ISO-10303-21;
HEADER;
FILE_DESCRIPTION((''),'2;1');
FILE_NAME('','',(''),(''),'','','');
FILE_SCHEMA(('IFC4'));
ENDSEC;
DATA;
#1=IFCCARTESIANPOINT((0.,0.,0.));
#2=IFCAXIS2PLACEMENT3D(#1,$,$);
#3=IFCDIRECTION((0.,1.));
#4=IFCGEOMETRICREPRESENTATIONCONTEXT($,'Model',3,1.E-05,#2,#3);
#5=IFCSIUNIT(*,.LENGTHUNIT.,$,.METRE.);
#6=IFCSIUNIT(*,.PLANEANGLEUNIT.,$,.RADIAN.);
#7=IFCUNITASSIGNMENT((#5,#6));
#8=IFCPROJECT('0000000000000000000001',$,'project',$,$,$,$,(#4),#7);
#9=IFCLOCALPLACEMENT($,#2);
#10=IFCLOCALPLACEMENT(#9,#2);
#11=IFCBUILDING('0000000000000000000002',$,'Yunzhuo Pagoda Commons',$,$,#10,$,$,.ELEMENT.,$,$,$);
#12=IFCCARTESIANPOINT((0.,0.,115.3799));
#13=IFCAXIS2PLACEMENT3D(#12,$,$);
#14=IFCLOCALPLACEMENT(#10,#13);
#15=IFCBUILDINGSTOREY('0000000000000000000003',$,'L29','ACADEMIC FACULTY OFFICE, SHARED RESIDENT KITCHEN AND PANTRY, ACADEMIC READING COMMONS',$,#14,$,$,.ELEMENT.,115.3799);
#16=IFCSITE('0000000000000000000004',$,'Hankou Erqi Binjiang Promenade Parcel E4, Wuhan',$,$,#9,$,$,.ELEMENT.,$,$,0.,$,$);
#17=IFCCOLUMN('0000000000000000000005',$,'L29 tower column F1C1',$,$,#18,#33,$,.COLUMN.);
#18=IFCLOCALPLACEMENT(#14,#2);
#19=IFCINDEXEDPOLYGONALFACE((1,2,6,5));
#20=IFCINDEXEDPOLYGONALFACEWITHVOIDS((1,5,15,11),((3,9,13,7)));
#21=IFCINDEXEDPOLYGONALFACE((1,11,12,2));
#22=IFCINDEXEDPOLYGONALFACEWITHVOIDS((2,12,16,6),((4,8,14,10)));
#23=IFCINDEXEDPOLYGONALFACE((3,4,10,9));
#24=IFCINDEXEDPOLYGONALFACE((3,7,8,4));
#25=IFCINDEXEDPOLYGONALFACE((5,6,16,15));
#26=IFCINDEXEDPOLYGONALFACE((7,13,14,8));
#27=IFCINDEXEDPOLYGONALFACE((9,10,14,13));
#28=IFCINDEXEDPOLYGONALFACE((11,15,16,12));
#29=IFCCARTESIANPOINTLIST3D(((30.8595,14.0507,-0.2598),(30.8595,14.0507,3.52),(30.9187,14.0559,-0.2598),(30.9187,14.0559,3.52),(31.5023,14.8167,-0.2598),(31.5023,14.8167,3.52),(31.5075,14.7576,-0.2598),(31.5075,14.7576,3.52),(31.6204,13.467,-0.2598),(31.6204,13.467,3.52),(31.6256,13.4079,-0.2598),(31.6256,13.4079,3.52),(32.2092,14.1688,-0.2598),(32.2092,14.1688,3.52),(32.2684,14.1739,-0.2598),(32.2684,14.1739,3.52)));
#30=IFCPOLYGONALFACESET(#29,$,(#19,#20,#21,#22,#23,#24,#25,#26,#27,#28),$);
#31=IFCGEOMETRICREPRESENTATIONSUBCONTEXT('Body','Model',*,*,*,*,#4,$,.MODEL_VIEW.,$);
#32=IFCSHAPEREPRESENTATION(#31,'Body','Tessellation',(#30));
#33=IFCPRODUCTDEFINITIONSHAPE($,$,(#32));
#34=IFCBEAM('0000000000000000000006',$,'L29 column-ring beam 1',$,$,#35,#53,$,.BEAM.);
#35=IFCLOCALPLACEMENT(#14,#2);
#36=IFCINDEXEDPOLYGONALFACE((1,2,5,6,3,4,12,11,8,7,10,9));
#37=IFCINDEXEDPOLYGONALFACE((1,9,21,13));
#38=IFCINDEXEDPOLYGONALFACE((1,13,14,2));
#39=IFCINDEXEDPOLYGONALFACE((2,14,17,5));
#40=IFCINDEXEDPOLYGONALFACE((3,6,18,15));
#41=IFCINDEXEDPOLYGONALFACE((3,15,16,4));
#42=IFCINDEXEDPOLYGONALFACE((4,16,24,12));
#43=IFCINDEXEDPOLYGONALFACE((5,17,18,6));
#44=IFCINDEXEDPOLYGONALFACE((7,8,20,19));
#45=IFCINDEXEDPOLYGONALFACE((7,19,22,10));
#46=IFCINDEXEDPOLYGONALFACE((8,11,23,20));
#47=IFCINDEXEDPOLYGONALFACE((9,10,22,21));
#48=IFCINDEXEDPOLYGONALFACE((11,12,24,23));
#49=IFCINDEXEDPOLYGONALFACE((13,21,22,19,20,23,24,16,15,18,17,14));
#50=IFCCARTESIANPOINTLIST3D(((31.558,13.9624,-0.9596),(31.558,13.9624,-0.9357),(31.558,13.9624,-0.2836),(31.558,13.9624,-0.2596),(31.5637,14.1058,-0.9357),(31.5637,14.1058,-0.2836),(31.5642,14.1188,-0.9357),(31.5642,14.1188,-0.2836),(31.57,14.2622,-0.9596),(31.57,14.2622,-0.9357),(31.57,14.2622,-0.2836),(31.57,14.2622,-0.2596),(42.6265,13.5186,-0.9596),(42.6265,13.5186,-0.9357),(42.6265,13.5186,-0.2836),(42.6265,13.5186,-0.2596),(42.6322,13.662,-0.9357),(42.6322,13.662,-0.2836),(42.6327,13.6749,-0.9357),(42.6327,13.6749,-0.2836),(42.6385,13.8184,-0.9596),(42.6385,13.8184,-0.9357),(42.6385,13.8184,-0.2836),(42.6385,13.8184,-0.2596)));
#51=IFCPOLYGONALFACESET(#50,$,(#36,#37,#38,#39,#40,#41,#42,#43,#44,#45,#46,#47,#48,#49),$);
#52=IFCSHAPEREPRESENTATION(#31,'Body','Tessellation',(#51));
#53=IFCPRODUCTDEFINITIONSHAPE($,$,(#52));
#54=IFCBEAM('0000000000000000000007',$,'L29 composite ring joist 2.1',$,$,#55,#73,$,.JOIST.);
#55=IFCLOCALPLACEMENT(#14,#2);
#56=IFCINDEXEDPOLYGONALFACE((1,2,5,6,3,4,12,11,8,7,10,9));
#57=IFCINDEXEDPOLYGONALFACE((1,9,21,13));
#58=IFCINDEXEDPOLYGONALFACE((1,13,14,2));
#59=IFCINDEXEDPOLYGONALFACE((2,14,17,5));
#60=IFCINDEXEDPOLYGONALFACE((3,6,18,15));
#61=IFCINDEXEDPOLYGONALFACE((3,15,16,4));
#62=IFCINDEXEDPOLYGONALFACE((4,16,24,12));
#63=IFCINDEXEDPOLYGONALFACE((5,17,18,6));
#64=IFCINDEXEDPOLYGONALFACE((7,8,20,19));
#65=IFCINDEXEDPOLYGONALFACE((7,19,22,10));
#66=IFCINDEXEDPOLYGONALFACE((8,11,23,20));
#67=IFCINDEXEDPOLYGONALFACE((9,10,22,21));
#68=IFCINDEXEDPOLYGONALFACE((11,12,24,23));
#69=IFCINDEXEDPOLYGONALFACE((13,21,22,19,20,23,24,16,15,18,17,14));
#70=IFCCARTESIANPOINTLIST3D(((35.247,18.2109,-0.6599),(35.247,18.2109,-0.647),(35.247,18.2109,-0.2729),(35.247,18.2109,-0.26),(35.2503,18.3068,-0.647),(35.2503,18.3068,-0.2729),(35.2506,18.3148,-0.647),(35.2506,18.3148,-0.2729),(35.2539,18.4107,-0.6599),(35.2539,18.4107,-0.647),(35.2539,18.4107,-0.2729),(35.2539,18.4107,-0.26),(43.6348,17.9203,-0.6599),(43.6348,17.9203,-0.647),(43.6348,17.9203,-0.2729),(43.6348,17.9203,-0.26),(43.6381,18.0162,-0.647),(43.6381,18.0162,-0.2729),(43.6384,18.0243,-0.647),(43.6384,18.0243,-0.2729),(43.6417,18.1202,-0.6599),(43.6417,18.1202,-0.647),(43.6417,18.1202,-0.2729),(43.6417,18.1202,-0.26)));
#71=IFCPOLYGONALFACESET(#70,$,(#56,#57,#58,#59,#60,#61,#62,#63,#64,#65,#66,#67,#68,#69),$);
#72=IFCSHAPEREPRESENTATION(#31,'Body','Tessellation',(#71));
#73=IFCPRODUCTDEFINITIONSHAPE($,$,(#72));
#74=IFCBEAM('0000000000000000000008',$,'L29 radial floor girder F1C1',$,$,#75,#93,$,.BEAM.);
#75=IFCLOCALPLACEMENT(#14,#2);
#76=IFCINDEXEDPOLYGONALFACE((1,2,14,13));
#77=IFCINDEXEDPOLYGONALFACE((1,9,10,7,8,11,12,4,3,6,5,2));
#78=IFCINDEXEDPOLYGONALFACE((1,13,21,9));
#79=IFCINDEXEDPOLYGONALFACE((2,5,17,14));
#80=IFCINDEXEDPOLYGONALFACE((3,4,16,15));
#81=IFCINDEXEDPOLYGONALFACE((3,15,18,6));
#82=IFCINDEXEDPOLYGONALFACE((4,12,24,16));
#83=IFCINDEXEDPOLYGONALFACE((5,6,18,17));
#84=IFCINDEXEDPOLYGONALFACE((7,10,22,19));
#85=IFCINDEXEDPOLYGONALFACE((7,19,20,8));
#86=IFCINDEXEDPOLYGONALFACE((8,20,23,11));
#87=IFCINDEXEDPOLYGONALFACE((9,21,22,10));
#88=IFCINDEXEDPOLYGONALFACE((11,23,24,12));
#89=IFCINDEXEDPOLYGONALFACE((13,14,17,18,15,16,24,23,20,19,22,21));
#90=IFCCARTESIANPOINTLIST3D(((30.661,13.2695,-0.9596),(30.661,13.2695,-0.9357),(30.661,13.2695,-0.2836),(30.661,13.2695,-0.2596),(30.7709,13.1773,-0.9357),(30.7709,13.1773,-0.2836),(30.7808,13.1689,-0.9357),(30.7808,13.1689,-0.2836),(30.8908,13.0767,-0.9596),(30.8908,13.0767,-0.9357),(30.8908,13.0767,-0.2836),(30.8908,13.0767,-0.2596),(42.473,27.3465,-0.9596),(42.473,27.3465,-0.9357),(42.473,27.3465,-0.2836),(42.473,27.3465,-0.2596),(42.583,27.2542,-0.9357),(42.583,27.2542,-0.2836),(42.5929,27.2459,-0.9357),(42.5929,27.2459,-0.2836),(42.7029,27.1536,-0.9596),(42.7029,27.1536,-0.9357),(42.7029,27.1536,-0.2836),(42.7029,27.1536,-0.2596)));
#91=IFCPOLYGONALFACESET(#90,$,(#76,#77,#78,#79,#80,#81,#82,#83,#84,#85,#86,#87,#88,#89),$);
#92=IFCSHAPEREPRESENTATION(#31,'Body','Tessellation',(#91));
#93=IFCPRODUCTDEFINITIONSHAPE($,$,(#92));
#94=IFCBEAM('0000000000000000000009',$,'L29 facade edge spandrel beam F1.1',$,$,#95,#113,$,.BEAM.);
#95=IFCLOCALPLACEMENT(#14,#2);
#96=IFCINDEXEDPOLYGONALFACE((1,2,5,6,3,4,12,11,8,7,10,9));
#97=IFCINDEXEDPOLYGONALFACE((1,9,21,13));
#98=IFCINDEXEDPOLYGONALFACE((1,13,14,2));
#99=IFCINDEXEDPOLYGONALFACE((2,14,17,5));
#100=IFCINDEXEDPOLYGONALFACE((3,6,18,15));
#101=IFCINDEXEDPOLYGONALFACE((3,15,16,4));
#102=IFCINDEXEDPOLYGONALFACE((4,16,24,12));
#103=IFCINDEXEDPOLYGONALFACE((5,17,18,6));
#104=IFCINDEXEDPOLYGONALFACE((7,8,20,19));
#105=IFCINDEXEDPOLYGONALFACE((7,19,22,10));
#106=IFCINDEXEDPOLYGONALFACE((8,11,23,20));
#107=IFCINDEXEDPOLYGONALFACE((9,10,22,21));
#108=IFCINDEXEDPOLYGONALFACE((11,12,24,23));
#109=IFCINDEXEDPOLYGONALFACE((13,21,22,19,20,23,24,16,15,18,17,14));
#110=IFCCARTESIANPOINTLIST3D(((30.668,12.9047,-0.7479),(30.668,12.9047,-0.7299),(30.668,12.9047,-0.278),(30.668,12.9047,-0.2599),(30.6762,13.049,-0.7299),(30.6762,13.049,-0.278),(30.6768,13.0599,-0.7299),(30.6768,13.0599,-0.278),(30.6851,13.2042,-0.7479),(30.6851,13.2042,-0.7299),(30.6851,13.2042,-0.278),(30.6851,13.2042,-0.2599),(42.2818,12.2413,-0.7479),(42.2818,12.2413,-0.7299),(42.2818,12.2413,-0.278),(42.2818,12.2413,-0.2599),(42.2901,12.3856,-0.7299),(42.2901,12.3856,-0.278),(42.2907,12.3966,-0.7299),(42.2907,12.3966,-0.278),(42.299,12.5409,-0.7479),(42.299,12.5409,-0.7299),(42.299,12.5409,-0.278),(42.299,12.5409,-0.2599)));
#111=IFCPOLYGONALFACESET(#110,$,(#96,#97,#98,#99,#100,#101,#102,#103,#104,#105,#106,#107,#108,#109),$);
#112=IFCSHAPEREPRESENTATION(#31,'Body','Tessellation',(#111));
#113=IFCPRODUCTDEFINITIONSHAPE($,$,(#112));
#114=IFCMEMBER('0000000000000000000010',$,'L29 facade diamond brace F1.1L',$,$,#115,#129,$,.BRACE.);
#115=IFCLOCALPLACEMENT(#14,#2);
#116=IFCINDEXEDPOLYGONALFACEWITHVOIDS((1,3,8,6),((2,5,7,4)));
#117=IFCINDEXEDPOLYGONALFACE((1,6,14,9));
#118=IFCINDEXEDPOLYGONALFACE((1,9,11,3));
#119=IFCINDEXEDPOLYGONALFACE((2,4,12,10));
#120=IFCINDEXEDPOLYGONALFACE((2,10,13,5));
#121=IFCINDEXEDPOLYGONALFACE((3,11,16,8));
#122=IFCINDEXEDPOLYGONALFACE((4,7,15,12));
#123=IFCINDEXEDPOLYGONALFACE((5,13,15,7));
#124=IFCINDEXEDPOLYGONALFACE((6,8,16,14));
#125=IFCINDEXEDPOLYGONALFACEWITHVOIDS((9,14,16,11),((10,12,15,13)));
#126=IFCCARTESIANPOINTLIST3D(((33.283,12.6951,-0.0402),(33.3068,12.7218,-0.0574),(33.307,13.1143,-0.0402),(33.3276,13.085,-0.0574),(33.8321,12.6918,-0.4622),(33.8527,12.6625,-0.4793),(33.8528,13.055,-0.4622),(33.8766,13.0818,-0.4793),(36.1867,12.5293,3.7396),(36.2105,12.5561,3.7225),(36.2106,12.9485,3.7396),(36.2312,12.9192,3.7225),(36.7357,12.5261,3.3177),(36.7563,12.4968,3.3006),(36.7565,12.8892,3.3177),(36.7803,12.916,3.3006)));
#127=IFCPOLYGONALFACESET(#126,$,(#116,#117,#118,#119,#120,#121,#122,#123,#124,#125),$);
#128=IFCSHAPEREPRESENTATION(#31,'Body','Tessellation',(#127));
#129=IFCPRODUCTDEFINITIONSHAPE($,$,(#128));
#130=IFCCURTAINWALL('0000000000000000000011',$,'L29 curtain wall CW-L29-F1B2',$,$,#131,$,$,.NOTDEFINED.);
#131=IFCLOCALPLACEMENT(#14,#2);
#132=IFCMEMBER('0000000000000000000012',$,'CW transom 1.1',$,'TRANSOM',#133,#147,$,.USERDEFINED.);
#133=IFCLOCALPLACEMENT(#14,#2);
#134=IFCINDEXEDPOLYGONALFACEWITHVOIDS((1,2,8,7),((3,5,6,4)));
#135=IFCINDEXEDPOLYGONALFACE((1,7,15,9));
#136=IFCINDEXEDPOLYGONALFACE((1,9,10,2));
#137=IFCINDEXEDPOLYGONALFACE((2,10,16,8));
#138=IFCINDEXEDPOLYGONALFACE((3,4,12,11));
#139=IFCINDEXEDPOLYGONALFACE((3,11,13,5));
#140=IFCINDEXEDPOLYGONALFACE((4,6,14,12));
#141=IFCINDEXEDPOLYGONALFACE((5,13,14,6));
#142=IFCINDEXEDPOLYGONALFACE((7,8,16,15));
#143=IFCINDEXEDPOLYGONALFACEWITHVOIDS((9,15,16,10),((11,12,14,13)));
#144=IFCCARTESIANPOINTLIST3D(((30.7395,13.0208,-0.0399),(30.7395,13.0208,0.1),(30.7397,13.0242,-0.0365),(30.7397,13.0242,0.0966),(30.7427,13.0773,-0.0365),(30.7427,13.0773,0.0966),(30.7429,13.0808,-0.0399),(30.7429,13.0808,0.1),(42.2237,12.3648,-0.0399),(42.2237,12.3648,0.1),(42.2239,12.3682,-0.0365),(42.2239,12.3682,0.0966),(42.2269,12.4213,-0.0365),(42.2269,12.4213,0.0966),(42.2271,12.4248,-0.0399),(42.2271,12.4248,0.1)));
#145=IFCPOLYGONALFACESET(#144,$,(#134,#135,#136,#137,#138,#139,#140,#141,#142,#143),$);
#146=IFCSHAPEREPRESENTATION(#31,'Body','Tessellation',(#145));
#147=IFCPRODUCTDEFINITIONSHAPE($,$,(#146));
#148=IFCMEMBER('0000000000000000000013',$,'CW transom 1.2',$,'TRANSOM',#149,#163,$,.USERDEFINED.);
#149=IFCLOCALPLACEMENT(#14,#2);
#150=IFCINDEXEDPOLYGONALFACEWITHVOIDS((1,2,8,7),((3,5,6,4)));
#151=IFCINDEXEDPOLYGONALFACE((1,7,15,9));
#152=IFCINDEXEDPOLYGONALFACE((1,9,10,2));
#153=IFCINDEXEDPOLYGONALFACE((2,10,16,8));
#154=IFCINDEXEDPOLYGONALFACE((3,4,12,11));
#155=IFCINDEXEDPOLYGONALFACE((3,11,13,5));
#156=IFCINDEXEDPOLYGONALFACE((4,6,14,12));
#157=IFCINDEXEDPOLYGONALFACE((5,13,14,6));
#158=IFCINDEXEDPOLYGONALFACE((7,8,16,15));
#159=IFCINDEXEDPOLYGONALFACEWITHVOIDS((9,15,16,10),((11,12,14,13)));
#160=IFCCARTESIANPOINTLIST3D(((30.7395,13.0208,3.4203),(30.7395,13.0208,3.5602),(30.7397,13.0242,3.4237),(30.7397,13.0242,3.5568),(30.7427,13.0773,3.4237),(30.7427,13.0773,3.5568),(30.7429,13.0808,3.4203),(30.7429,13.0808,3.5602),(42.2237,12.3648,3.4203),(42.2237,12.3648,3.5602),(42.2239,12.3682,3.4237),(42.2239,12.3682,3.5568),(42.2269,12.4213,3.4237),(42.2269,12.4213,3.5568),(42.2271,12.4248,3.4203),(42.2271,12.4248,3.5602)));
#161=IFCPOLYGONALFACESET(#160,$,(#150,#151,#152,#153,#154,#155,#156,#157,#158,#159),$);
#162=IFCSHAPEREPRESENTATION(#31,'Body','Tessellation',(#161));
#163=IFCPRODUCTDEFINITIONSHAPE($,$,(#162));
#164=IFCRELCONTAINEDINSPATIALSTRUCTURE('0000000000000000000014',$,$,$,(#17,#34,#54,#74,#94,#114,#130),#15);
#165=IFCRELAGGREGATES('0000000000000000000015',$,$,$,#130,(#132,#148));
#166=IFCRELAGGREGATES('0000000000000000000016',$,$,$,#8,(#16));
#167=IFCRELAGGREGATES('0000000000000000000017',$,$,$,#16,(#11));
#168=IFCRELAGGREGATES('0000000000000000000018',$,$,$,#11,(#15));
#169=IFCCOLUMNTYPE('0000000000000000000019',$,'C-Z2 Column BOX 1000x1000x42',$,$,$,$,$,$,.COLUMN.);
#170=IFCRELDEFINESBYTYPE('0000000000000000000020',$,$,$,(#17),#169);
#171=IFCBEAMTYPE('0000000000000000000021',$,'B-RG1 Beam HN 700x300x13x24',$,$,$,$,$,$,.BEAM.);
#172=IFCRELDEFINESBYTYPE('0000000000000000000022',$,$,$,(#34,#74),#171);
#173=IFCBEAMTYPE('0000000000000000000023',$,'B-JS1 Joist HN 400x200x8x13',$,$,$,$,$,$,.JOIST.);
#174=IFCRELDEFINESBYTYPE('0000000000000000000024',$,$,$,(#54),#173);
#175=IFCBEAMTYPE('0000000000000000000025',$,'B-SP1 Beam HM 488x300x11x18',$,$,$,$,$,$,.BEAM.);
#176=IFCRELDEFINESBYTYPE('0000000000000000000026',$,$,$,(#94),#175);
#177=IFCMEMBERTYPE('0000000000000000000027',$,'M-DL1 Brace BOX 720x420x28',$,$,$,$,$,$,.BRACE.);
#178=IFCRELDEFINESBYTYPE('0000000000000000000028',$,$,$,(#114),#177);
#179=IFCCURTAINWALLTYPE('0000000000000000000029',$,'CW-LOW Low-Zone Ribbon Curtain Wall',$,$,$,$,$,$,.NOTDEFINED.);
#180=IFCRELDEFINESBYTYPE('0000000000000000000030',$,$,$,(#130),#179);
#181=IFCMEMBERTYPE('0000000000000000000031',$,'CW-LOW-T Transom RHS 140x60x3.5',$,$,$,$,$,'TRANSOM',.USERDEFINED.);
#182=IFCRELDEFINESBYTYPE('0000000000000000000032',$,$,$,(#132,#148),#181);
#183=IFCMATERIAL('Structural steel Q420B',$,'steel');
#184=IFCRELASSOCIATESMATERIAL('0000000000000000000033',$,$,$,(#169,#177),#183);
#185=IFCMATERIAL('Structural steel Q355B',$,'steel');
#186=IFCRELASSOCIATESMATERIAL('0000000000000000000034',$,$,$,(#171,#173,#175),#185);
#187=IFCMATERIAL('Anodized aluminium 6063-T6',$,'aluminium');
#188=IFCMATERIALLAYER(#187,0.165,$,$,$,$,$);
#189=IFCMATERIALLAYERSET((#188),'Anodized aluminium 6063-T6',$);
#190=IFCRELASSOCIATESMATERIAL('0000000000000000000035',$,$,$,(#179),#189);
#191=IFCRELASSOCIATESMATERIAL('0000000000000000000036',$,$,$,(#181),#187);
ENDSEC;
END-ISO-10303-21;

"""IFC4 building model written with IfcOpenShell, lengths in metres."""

from ifc_helpers import new_model, si_unit, direction, frame, origin, origin_2d, place, context, subcontext, project, spatial, hollow_rectangle, i_section, extrude, source, transform, mapped, material, layer, layer_set, material_profile, profile_set, type_object, element, aggregate, save


model = new_model("IFC4")

# Units and contexts
model_context = context("Model", 3, precision=1e-05, world=origin(), true_north=direction((0.0, 1.0)))
body_context = subcontext(model_context, "Body", "Model", "MODEL_VIEW")
ifc_project = project(units=[si_unit("LENGTHUNIT", "METRE"), si_unit("PLANEANGLEUNIT", "RADIAN")], contexts=[model_context])

# Site, building, storey
site_placement = place(None, origin())
site = spatial("IfcSite", under=ifc_project, at=site_placement, Name="Hankou Erqi Binjiang Promenade Parcel E4, Wuhan", CompositionType="ELEMENT", RefElevation=0.0)
building_placement = place(site_placement, origin())
building = spatial("IfcBuilding", under=site, at=building_placement, Name="Yunzhuo Pagoda Commons", CompositionType="ELEMENT")
storey_placement = place(building_placement, frame((0.0, 0.0, 115.3799)))
storey = spatial("IfcBuildingStorey", under=building, at=storey_placement, Name="L29", Description="ACADEMIC FACULTY OFFICE, SHARED RESIDENT KITCHEN AND PANTRY, ACADEMIC READING COMMONS", CompositionType="ELEMENT", Elevation=115.3799)

# Column
ifc_material_1 = material(Name="Structural steel Q420B", Category="steel")
ifc_material_profile_1 = material_profile(ifc_material_1, hollow_rectangle(XDim=1.0, YDim=1.0, WallThickness=0.042, at=origin_2d()), Name="Structural steel Q420B")
ifc_profile_set_1 = profile_set([ifc_material_profile_1], Name="Structural steel Q420B")
column_type = type_object("IfcColumnType", Name="C-Z2 Column BOX 1000x1000x42", PredefinedType="COLUMN", material=ifc_profile_set_1)
shared_shape_1 = source(origin(), body_context, "Body", "SweptSolid", [
    extrude(hollow_rectangle(XDim=1.0, YDim=1.0, WallThickness=0.042, at=origin_2d()), origin(), (0.0, 0.0, 1.0), 3.7798),
])
column_placement = place(storey_placement, frame((31.564, 14.1123, -0.2598), z_axis=(0.0, 0.0, 1.0), x_axis=(0.766044, -0.642788, 0.0)))
element("IfcColumn", 1, at=column_placement, inside=storey, type_object=column_type, Name="L29 tower column F1C1", PredefinedType="COLUMN", context=body_context, shape_type="MappedRepresentation", body=[
    mapped(shared_shape_1, transform((0.0, 0.0, 0.0), scale=1.0)),
])

# Beams
ifc_material_2 = material(Name="Structural steel Q355B", Category="steel")
ifc_material_profile_2 = material_profile(ifc_material_2, i_section(OverallWidth=0.3, OverallDepth=0.7, WebThickness=0.0129, FlangeThickness=0.0239, at=origin_2d()), Name="Structural steel Q355B")
ifc_profile_set_2 = profile_set([ifc_material_profile_2], Name="Structural steel Q355B")
beam_type_1 = type_object("IfcBeamType", Name="B-RG1 Beam HN 700x300x13x24", PredefinedType="BEAM", material=ifc_profile_set_2)
shared_shape_2 = source(origin(), body_context, "Body", "SweptSolid", [
    extrude(i_section(OverallWidth=0.3, OverallDepth=0.7, WebThickness=0.0129, FlangeThickness=0.0239, at=origin_2d()), origin(), (0.0, 0.0, 1.0), 11.0774),
])
beam_1_placement = place(storey_placement, frame((31.564, 14.1123, -0.6096), z_axis=(0.999197, -0.040067, 0.0), x_axis=(0.040067, 0.999197, 0.0)))
element("IfcBeam", 2, at=beam_1_placement, inside=storey, type_object=beam_type_1, Name="L29 column-ring beam 1", PredefinedType="BEAM", context=body_context, shape_type="MappedRepresentation", body=[
    mapped(shared_shape_2, transform((0.0, 0.0, 0.0), scale=1.0)),
])
ifc_material_profile_3 = material_profile(ifc_material_2, i_section(OverallWidth=0.2, OverallDepth=0.3999, WebThickness=0.0081, FlangeThickness=0.0129, at=origin_2d()), Name="Structural steel Q355B")
ifc_profile_set_3 = profile_set([ifc_material_profile_3], Name="Structural steel Q355B")
beam_type_2 = type_object("IfcBeamType", Name="B-JS1 Joist HN 400x200x8x13", PredefinedType="JOIST", material=ifc_profile_set_3)
shared_shape_3 = source(origin(), body_context, "Body", "SweptSolid", [
    extrude(i_section(OverallWidth=0.2, OverallDepth=0.3999, WebThickness=0.0081, FlangeThickness=0.0129, at=origin_2d()), origin(), (0.0, 0.0, 1.0), 8.3928),
])
beam_2_placement = place(storey_placement, frame((35.2505, 18.3108, -0.46), z_axis=(0.999401, -0.034617, 0.0), x_axis=(0.034617, 0.999401, 0.0)))
element("IfcBeam", 3, at=beam_2_placement, inside=storey, type_object=beam_type_2, Name="L29 composite ring joist 2.1", PredefinedType="JOIST", context=body_context, shape_type="MappedRepresentation", body=[
    mapped(shared_shape_3, transform((0.0, 0.0, 0.0), scale=1.0)),
])
shared_shape_4 = source(origin(), body_context, "Body", "SweptSolid", [
    extrude(i_section(OverallWidth=0.3, OverallDepth=0.7, WebThickness=0.0129, FlangeThickness=0.0239, at=origin_2d()), origin(), (0.0, 0.0, 1.0), 18.3762),
])
beam_3_placement = place(storey_placement, frame((30.7759, 13.1731, -0.6096), z_axis=(0.64279, 0.766042, 0.0), x_axis=(-0.766042, 0.64279, 0.0)))
element("IfcBeam", 4, at=beam_3_placement, inside=storey, type_object=beam_type_1, Name="L29 radial floor girder F1C1", PredefinedType="BEAM", context=body_context, shape_type="MappedRepresentation", body=[
    mapped(shared_shape_4, transform((0.0, 0.0, 0.0), scale=1.0)),
])
ifc_material_profile_4 = material_profile(ifc_material_2, i_section(OverallWidth=0.3, OverallDepth=0.488, WebThickness=0.011, FlangeThickness=0.0181, at=origin_2d()), Name="Structural steel Q355B")
ifc_profile_set_4 = profile_set([ifc_material_profile_4], Name="Structural steel Q355B")
beam_type_3 = type_object("IfcBeamType", Name="B-SP1 Beam HM 488x300x11x18", PredefinedType="BEAM", material=ifc_profile_set_4)
shared_shape_5 = source(origin(), body_context, "Body", "SweptSolid", [
    extrude(i_section(OverallWidth=0.3, OverallDepth=0.488, WebThickness=0.011, FlangeThickness=0.0181, at=origin_2d()), origin(), (0.0, 0.0, 1.0), 11.6328),
])
beam_4_placement = place(storey_placement, frame((30.6765, 13.0544, -0.5039), z_axis=(0.998373, -0.057023, 0.0), x_axis=(0.057023, 0.998373, 0.0)))
element("IfcBeam", 5, at=beam_4_placement, inside=storey, type_object=beam_type_3, Name="L29 facade edge spandrel beam F1.1", PredefinedType="BEAM", context=body_context, shape_type="MappedRepresentation", body=[
    mapped(shared_shape_5, transform((0.0, 0.0, 0.0), scale=1.0)),
])

# Member
ifc_material_profile_5 = material_profile(ifc_material_1, hollow_rectangle(XDim=0.4199, YDim=0.72, WallThickness=0.0281, at=origin_2d()), Name="Structural steel Q420B")
ifc_profile_set_5 = profile_set([ifc_material_profile_5], Name="Structural steel Q420B")
member_type_1 = type_object("IfcMemberType", Name="M-DL1 Brace BOX 720x420x28", PredefinedType="BRACE", material=ifc_profile_set_5)
shared_shape_6 = source(origin(), body_context, "Body", "SweptSolid", [
    extrude(hollow_rectangle(XDim=0.4199, YDim=0.72, WallThickness=0.0281, at=origin_2d()), origin(), (0.0, 0.0, 1.0), 4.7693),
])
member_1_placement = place(storey_placement, frame((33.5798, 12.8884, -0.2598), z_axis=(0.60882, -0.034759, 0.792546), x_axis=(0.057, 0.998374, 0.0)))
element("IfcMember", 6, at=member_1_placement, inside=storey, type_object=member_type_1, Name="L29 facade diamond brace F1.1L", PredefinedType="BRACE", context=body_context, shape_type="MappedRepresentation", body=[
    mapped(shared_shape_6, transform((0.0, 0.0, 0.0), scale=1.0)),
])

# Curtain wall, members
ifc_material_3 = material(Name="Anodized aluminium 6063-T6", Category="aluminium")
ifc_layer_1 = layer(ifc_material_3, 0.165)
ifc_layer_set_1 = layer_set([ifc_layer_1], Name="Anodized aluminium 6063-T6")
curtain_wall_type_1 = type_object("IfcCurtainWallType", Name="CW-LOW Low-Zone Ribbon Curtain Wall", PredefinedType="NOTDEFINED", material=ifc_layer_set_1)
curtain_wall_1_placement = place(storey_placement, origin())
curtain_wall_1 = element("IfcCurtainWall", 7, at=curtain_wall_1_placement, inside=storey, type_object=curtain_wall_type_1, Name="L29 curtain wall CW-L29-F1B2", PredefinedType="NOTDEFINED")
ifc_material_profile_6 = material_profile(ifc_material_3, hollow_rectangle(XDim=0.0601, YDim=0.1399, WallThickness=0.0034, at=origin_2d()), Name="Anodized aluminium 6063-T6")
ifc_profile_set_6 = profile_set([ifc_material_profile_6], Name="Anodized aluminium 6063-T6")
member_type_2 = type_object("IfcMemberType", Name="CW-LOW-T Transom RHS 140x60x3.5", ElementType="TRANSOM", PredefinedType="USERDEFINED", material=ifc_profile_set_6)
shared_shape_7 = source(origin(), body_context, "Body", "SweptSolid", [
    extrude(hollow_rectangle(XDim=0.0601, YDim=0.1399, WallThickness=0.0034, at=origin_2d()), origin(), (0.0, 0.0, 1.0), 11.5029),
])
member_2_placement = place(storey_placement, frame((30.7412, 13.0508, 0.03), z_axis=(0.998372, -0.05703, 0.0), x_axis=(0.05703, 0.998372, 0.0)))
member_2 = element("IfcMember", 8, at=member_2_placement, type_object=member_type_2, Name="CW transom 1.1", ObjectType="TRANSOM", PredefinedType="USERDEFINED", context=body_context, shape_type="MappedRepresentation", body=[
    mapped(shared_shape_7, transform((0.0, 0.0, 0.0), scale=1.0)),
])
member_3_placement = place(storey_placement, frame((30.7412, 13.0508, 3.4902), z_axis=(0.998372, -0.05703, 0.0), x_axis=(0.05703, 0.998372, 0.0)))
member_3 = element("IfcMember", 9, at=member_3_placement, type_object=member_type_2, Name="CW transom 1.2", ObjectType="TRANSOM", PredefinedType="USERDEFINED", context=body_context, shape_type="MappedRepresentation", body=[
    mapped(shared_shape_7, transform((0.0, 0.0, 0.0), scale=1.0)),
])

aggregate(curtain_wall_1, [member_2, member_3])

save(model, "model.ifc")
